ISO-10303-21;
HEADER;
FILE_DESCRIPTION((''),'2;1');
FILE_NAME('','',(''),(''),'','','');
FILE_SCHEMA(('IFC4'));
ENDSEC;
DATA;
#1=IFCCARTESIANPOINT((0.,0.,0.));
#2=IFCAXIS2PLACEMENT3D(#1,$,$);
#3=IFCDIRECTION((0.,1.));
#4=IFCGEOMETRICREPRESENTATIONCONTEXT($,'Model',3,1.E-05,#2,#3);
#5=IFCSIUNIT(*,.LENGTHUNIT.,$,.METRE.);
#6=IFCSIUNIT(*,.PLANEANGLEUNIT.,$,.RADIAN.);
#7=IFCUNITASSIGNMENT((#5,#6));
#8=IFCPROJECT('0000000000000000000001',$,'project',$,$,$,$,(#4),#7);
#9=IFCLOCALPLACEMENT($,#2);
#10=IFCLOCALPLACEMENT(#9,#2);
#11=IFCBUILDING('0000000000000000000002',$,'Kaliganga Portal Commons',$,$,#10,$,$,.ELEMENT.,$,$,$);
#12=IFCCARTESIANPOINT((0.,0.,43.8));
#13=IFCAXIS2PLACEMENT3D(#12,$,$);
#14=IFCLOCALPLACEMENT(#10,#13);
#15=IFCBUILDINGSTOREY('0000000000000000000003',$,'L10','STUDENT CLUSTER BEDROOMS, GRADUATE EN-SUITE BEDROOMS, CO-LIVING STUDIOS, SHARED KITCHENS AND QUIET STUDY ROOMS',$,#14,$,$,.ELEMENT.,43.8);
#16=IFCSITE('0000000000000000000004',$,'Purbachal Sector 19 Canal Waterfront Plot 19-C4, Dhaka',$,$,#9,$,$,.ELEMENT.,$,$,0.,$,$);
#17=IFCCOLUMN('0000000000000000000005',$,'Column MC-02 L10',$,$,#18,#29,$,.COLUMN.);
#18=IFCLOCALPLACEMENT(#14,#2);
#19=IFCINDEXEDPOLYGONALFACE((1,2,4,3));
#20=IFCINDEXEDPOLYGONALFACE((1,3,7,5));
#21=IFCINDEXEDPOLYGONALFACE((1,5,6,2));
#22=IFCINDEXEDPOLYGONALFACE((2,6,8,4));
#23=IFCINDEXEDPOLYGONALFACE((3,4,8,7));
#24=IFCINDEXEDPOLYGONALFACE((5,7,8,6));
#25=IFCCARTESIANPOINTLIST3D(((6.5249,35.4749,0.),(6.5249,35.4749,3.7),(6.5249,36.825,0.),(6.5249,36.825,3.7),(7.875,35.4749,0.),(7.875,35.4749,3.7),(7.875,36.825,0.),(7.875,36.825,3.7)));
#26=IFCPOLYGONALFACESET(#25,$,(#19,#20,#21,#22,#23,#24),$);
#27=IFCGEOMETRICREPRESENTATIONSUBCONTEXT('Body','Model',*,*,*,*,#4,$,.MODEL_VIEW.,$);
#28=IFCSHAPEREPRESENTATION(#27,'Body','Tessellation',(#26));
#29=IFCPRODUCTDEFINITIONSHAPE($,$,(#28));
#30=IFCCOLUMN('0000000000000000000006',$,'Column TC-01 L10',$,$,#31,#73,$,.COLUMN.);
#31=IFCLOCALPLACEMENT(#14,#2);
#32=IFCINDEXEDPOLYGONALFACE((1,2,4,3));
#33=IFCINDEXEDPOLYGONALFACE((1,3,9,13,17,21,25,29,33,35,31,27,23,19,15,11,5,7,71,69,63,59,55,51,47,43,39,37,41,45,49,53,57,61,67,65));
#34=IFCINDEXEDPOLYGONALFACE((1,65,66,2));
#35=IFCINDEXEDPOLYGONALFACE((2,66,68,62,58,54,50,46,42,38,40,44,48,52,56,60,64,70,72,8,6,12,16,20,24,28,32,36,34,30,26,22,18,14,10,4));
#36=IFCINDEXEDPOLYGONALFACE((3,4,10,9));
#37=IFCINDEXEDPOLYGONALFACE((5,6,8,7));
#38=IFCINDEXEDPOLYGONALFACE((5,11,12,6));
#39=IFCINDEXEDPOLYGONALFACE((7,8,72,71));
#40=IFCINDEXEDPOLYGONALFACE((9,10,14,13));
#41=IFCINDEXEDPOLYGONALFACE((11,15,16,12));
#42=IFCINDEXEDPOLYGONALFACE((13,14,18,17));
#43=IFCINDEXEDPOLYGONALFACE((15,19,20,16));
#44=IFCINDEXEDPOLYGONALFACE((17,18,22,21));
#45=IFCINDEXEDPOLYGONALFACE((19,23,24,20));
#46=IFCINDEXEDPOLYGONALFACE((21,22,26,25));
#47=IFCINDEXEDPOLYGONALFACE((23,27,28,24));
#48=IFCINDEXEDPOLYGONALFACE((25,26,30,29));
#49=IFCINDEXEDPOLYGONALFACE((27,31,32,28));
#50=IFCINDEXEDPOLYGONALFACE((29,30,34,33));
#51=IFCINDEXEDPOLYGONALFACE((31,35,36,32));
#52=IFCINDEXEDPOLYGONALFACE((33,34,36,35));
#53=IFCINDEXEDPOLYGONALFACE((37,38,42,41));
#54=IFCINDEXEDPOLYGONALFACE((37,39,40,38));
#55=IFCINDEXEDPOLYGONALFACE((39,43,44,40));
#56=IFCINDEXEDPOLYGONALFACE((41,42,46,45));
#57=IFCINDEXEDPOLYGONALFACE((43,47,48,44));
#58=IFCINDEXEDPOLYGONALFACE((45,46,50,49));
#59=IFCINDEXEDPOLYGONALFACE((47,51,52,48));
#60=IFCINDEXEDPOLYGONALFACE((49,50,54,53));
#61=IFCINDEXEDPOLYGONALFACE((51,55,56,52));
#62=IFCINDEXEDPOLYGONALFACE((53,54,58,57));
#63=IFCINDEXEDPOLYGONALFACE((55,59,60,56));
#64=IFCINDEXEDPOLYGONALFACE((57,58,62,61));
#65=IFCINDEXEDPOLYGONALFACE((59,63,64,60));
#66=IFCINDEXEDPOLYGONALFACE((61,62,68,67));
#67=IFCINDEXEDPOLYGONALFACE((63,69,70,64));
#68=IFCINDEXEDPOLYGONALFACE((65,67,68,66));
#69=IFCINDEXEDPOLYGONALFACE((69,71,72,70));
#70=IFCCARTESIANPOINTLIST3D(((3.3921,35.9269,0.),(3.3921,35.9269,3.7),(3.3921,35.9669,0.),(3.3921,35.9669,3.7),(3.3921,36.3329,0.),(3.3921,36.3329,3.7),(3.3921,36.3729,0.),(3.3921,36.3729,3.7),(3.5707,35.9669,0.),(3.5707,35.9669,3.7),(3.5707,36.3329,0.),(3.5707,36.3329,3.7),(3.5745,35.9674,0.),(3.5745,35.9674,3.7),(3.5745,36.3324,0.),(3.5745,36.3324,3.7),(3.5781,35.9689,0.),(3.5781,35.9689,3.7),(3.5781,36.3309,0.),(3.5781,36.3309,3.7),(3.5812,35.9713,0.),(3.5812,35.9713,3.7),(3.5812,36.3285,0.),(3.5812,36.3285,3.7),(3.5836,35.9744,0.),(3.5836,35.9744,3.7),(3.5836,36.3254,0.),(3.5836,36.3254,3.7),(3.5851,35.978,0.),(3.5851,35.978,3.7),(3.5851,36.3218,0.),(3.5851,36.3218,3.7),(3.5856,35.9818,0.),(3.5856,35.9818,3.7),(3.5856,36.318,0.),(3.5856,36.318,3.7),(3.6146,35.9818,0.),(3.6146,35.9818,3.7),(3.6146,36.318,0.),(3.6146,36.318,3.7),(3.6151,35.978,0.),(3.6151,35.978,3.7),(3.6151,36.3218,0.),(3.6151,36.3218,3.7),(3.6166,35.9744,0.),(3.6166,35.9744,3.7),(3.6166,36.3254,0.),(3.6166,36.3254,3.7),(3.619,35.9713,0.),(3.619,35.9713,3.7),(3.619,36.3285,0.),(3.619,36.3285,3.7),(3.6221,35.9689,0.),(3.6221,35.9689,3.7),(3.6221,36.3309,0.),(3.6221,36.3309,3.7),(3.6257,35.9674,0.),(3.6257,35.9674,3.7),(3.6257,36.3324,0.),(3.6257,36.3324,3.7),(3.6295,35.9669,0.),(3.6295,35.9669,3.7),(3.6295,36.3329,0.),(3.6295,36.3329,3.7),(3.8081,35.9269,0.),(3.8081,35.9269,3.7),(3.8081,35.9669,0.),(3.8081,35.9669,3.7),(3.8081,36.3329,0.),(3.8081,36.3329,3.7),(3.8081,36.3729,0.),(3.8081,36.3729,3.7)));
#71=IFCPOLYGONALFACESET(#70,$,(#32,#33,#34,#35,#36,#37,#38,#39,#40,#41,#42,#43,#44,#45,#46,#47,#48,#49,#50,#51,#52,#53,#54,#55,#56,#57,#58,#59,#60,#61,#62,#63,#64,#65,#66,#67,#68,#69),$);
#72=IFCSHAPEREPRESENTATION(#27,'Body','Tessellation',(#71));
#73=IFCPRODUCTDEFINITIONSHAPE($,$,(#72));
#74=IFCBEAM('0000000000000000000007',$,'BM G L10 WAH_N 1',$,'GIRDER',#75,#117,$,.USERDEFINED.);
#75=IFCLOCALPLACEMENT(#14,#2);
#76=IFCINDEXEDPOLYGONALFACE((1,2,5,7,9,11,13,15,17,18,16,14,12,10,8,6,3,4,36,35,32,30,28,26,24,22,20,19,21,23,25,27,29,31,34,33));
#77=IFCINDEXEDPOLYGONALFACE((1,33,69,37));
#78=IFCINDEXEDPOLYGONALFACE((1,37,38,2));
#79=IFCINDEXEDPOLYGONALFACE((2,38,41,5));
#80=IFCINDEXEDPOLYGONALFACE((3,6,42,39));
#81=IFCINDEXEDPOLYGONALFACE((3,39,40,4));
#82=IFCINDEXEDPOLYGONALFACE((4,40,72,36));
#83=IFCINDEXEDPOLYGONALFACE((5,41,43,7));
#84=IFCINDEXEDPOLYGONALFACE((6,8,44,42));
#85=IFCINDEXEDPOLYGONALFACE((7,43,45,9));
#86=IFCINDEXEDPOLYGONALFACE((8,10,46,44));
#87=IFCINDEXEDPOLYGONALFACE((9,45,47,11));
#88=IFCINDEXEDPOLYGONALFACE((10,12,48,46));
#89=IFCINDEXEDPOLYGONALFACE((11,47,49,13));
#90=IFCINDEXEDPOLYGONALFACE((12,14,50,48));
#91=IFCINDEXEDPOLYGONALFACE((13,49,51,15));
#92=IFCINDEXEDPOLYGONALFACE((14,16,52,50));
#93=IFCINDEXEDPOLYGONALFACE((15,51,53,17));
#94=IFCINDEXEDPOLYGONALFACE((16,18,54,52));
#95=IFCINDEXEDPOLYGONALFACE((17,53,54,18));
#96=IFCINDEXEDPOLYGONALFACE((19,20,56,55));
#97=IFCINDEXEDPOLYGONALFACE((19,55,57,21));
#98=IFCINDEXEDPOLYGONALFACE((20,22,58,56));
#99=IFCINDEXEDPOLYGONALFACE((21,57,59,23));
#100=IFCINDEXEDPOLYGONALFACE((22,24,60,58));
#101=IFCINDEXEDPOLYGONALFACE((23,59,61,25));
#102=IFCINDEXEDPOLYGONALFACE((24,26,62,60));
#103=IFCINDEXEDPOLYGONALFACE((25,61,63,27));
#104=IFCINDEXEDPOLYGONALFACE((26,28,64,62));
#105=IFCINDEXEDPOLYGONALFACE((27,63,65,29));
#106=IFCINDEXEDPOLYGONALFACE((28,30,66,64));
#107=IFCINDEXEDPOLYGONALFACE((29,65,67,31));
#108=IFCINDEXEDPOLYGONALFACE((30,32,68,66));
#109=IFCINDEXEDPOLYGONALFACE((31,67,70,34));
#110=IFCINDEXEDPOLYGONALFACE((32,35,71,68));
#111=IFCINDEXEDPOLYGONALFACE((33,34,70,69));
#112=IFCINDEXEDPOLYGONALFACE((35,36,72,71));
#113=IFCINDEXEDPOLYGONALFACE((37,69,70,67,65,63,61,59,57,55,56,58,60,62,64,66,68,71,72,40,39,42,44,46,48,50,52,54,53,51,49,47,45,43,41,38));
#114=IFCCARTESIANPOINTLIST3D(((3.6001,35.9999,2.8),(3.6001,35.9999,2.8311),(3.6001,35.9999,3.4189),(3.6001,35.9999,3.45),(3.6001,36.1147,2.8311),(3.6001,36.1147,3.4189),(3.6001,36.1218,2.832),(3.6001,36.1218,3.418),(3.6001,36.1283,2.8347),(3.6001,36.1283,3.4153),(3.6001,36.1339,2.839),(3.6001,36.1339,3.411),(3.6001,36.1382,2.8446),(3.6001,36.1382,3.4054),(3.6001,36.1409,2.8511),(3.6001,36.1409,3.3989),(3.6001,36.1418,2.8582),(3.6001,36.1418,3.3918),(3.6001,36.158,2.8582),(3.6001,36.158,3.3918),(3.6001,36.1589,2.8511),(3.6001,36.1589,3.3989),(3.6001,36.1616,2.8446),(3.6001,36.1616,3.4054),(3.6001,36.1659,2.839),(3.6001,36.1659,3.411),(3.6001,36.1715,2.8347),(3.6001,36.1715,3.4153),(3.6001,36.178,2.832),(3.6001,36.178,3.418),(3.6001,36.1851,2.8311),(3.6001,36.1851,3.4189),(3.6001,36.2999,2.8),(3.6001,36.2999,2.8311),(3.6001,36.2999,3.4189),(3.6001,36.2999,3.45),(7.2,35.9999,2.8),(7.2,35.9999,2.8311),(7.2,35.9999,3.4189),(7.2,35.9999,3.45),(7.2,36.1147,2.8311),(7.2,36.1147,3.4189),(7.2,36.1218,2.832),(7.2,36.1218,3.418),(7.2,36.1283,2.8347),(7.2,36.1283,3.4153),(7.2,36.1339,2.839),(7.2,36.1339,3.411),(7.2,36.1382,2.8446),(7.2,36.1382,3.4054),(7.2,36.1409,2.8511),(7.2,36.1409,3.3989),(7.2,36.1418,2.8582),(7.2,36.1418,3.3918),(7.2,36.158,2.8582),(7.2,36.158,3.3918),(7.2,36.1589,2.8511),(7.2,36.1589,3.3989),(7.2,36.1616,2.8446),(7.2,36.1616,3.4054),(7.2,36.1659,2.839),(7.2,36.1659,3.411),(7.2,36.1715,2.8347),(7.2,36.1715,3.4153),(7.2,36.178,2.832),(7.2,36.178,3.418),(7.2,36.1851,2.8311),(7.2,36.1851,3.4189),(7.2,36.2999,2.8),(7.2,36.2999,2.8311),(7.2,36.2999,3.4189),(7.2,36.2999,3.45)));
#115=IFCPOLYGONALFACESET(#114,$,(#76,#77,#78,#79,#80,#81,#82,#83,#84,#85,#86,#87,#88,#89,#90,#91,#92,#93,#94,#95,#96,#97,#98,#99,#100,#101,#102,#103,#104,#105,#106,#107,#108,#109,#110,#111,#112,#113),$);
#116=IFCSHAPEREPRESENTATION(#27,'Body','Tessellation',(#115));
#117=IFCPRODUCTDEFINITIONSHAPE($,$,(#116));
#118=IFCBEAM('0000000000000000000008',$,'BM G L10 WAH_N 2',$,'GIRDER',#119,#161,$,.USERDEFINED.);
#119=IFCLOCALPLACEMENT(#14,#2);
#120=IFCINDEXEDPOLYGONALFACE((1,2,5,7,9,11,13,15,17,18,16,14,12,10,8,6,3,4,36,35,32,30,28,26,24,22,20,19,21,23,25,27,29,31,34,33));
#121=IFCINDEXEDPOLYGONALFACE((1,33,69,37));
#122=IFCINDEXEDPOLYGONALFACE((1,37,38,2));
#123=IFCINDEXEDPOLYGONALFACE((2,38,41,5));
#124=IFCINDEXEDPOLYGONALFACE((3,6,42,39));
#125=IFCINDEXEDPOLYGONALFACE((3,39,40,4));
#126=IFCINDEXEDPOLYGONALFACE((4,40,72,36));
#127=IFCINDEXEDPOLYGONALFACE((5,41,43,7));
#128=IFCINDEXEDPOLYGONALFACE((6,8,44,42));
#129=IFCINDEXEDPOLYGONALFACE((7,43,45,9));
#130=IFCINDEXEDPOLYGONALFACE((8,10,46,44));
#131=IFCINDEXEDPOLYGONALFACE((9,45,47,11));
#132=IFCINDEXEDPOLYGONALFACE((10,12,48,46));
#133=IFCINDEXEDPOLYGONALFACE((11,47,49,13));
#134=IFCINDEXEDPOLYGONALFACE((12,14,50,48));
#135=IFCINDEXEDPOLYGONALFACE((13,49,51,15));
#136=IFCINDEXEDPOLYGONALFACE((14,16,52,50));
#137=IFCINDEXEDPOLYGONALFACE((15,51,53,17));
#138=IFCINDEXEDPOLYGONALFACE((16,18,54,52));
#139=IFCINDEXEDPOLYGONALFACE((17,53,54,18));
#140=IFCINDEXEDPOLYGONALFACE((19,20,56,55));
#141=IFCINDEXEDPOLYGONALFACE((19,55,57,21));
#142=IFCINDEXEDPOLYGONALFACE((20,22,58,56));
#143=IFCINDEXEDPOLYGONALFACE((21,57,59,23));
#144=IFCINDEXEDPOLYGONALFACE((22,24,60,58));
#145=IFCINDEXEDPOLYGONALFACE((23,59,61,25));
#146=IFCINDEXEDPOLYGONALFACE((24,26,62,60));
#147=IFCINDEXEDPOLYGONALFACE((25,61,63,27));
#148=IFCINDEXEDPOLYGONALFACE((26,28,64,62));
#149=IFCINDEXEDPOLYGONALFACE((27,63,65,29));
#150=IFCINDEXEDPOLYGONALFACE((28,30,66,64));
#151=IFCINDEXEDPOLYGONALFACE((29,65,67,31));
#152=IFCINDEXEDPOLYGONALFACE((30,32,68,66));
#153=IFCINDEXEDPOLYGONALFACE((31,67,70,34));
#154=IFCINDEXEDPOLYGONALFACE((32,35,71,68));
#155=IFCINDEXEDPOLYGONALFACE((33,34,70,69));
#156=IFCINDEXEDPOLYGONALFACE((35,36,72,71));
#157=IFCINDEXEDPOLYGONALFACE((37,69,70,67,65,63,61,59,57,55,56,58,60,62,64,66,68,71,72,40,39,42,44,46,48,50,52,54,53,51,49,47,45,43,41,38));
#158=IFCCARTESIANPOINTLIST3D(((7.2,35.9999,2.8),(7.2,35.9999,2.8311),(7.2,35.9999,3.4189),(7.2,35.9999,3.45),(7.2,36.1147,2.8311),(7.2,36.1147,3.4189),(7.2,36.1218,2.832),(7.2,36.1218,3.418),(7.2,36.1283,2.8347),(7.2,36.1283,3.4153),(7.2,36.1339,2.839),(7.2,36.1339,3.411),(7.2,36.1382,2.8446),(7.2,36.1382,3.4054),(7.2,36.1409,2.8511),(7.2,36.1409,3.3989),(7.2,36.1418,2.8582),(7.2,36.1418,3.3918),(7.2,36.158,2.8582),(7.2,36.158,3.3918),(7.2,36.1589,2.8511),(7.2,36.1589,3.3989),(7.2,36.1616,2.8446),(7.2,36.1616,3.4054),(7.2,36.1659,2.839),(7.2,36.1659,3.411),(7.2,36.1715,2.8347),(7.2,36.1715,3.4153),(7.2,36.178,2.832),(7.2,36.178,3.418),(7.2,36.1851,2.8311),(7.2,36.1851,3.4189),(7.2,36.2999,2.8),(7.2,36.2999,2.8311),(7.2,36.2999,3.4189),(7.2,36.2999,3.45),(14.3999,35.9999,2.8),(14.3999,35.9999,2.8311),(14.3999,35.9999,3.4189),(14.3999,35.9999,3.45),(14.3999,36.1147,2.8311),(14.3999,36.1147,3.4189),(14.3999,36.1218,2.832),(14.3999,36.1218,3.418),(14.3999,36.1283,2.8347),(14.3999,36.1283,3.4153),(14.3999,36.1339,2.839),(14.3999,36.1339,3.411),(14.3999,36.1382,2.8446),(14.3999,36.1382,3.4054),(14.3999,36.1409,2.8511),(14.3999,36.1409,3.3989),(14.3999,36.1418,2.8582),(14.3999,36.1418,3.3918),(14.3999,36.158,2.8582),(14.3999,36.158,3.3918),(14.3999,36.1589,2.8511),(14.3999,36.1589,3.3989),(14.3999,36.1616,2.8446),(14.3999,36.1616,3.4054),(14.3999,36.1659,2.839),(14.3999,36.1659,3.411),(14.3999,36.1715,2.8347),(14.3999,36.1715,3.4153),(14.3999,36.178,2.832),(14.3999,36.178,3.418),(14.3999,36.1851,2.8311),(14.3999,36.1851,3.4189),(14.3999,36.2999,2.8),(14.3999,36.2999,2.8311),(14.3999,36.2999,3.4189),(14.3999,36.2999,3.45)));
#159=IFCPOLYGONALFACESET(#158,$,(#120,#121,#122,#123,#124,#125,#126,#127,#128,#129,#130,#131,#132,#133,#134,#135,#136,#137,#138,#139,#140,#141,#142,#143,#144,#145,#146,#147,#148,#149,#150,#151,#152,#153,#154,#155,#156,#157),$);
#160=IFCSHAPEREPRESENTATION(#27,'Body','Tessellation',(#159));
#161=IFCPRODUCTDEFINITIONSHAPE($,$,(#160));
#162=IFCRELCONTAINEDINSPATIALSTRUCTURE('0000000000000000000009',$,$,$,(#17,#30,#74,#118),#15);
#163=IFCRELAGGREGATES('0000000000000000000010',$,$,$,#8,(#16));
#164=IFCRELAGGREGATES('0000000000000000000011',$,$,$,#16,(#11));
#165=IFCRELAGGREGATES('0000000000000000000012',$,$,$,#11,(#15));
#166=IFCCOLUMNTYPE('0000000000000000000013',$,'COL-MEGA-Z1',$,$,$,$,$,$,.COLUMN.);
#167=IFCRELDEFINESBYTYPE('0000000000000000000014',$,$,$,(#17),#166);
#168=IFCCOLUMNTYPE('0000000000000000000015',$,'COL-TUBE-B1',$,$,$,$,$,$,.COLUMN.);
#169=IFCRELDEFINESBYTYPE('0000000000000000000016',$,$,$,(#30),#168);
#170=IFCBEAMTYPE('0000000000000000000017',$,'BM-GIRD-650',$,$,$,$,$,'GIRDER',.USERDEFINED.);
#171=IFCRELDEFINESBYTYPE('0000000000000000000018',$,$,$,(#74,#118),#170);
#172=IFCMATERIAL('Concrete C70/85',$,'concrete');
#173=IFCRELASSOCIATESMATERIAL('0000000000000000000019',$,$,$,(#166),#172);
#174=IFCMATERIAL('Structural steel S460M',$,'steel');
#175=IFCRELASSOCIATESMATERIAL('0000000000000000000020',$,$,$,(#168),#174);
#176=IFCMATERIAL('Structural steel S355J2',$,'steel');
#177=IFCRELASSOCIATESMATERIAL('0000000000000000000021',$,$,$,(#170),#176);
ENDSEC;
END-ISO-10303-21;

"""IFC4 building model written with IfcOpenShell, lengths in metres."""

from ifc_helpers import new_model, si_unit, direction, frame, origin, origin_2d, place, context, subcontext, project, spatial, rectangle, i_section, extrude, source, transform, mapped, material, material_profile, profile_set, type_object, element, save


model = new_model("IFC4")

# Units and contexts
model_context = context("Model", 3, precision=1e-05, world=origin(), true_north=direction((0.0, 1.0)))
body_context = subcontext(model_context, "Body", "Model", "MODEL_VIEW")
ifc_project = project(units=[si_unit("LENGTHUNIT", "METRE"), si_unit("PLANEANGLEUNIT", "RADIAN")], contexts=[model_context])

# Site, building, storey
site_placement = place(None, origin())
site = spatial("IfcSite", under=ifc_project, at=site_placement, Name="Purbachal Sector 19 Canal Waterfront Plot 19-C4, Dhaka", CompositionType="ELEMENT", RefElevation=0.0)
building_placement = place(site_placement, origin())
building = spatial("IfcBuilding", under=site, at=building_placement, Name="Kaliganga Portal Commons", CompositionType="ELEMENT")
storey_placement = place(building_placement, frame((0.0, 0.0, 43.8)))
storey = spatial("IfcBuildingStorey", under=building, at=storey_placement, Name="L10", Description="STUDENT CLUSTER BEDROOMS, GRADUATE EN-SUITE BEDROOMS, CO-LIVING STUDIOS, SHARED KITCHENS AND QUIET STUDY ROOMS", CompositionType="ELEMENT", Elevation=43.8)

# Columns
ifc_material_1 = material(Name="Concrete C70/85", Category="concrete")
ifc_material_profile_1 = material_profile(ifc_material_1, rectangle(XDim=1.3501, YDim=1.3501, at=origin_2d()), Name="RC 1350x1350")
ifc_profile_set_1 = profile_set([ifc_material_profile_1], Name="Concrete C70/85")
column_type_1 = type_object("IfcColumnType", Name="COL-MEGA-Z1", PredefinedType="COLUMN", material=ifc_profile_set_1)
shared_shape_1 = source(origin(), body_context, "Body", "SweptSolid", [
    extrude(rectangle(XDim=1.3501, YDim=1.3501, at=origin_2d()), origin(), (0.0, 0.0, 1.0), 3.7),
])
column_1_placement = place(storey_placement, frame((7.2, 36.1499, 0.0), z_axis=(0.0, 0.0, 1.0), x_axis=(1.0, 0.0, 0.0)))
element("IfcColumn", 1, at=column_1_placement, inside=storey, type_object=column_type_1, Name="Column MC-02 L10", PredefinedType="COLUMN", context=body_context, shape_type="MappedRepresentation", body=[
    mapped(shared_shape_1, transform((0.0, 0.0, 0.0), x_axis=(1.0, 0.0, 0.0), y_axis=(0.0, 1.0, 0.0), z_axis=(0.0, 0.0, 1.0), scale=1.0)),
])
ifc_material_2 = material(Name="Structural steel S460M", Category="steel")
ifc_material_profile_2 = material_profile(ifc_material_2, i_section(OverallWidth=0.416, OverallDepth=0.446, WebThickness=0.0291, FlangeThickness=0.04, FilletRadius=0.0149, at=origin_2d()), Name="HD 400x509")
ifc_profile_set_2 = profile_set([ifc_material_profile_2], Name="Structural steel S460M wide-flange")
column_type_2 = type_object("IfcColumnType", Name="COL-TUBE-B1", PredefinedType="COLUMN", material=ifc_profile_set_2)
shared_shape_2 = source(origin(), body_context, "Body", "SweptSolid", [
    extrude(i_section(OverallWidth=0.416, OverallDepth=0.446, WebThickness=0.0291, FlangeThickness=0.04, FilletRadius=0.0149, at=origin_2d()), origin(), (0.0, 0.0, 1.0), 3.7),
])
column_2_placement = place(storey_placement, frame((3.6001, 36.1499, 0.0), z_axis=(0.0, 0.0, 1.0), x_axis=(1.0, 0.0, 0.0)))
element("IfcColumn", 2, at=column_2_placement, inside=storey, type_object=column_type_2, Name="Column TC-01 L10", PredefinedType="COLUMN", context=body_context, shape_type="MappedRepresentation", body=[
    mapped(shared_shape_2, transform((0.0, 0.0, 0.0), x_axis=(1.0, 0.0, 0.0), y_axis=(0.0, 1.0, 0.0), z_axis=(0.0, 0.0, 1.0), scale=1.0)),
])

# Beams
ifc_material_3 = material(Name="Structural steel S355J2", Category="steel")
ifc_material_profile_3 = material_profile(ifc_material_3, i_section(OverallWidth=0.3, OverallDepth=0.6499, WebThickness=0.0161, FlangeThickness=0.031, FilletRadius=0.0271, at=origin_2d()), Name="HE 650 B")
ifc_profile_set_3 = profile_set([ifc_material_profile_3], Name="Structural steel S355J2 wide-flange")
beam_type = type_object("IfcBeamType", Name="BM-GIRD-650", ElementType="GIRDER", PredefinedType="USERDEFINED", material=ifc_profile_set_3)
shared_shape_3 = source(origin(), body_context, "Body", "SweptSolid", [
    extrude(i_section(OverallWidth=0.3, OverallDepth=0.6499, WebThickness=0.0161, FlangeThickness=0.031, FilletRadius=0.0271, at=origin_2d()), origin(), (0.0, 0.0, 1.0), 3.5999),
])
beam_1_placement = place(storey_placement, frame((3.6001, 36.1499, 3.125), z_axis=(1.0, 0.0, 0.0), x_axis=(0.0, 1.0, 0.0)))
element("IfcBeam", 3, at=beam_1_placement, inside=storey, type_object=beam_type, Name="BM G L10 WAH_N 1", ObjectType="GIRDER", PredefinedType="USERDEFINED", context=body_context, shape_type="MappedRepresentation", body=[
    mapped(shared_shape_3, transform((0.0, 0.0, 0.0), x_axis=(1.0, 0.0, 0.0), y_axis=(0.0, 1.0, 0.0), z_axis=(0.0, 0.0, 1.0), scale=1.0)),
])
shared_shape_4 = source(origin(), body_context, "Body", "SweptSolid", [
    extrude(i_section(OverallWidth=0.3, OverallDepth=0.6499, WebThickness=0.0161, FlangeThickness=0.031, FilletRadius=0.0271, at=origin_2d()), origin(), (0.0, 0.0, 1.0), 7.2),
])
beam_2_placement = place(storey_placement, frame((7.2, 36.1499, 3.125), z_axis=(1.0, 0.0, 0.0), x_axis=(0.0, 1.0, 0.0)))
element("IfcBeam", 4, at=beam_2_placement, inside=storey, type_object=beam_type, Name="BM G L10 WAH_N 2", ObjectType="GIRDER", PredefinedType="USERDEFINED", context=body_context, shape_type="MappedRepresentation", body=[
    mapped(shared_shape_4, transform((0.0, 0.0, 0.0), x_axis=(1.0, 0.0, 0.0), y_axis=(0.0, 1.0, 0.0), z_axis=(0.0, 0.0, 1.0), scale=1.0)),
])

save(model, "model.ifc")
